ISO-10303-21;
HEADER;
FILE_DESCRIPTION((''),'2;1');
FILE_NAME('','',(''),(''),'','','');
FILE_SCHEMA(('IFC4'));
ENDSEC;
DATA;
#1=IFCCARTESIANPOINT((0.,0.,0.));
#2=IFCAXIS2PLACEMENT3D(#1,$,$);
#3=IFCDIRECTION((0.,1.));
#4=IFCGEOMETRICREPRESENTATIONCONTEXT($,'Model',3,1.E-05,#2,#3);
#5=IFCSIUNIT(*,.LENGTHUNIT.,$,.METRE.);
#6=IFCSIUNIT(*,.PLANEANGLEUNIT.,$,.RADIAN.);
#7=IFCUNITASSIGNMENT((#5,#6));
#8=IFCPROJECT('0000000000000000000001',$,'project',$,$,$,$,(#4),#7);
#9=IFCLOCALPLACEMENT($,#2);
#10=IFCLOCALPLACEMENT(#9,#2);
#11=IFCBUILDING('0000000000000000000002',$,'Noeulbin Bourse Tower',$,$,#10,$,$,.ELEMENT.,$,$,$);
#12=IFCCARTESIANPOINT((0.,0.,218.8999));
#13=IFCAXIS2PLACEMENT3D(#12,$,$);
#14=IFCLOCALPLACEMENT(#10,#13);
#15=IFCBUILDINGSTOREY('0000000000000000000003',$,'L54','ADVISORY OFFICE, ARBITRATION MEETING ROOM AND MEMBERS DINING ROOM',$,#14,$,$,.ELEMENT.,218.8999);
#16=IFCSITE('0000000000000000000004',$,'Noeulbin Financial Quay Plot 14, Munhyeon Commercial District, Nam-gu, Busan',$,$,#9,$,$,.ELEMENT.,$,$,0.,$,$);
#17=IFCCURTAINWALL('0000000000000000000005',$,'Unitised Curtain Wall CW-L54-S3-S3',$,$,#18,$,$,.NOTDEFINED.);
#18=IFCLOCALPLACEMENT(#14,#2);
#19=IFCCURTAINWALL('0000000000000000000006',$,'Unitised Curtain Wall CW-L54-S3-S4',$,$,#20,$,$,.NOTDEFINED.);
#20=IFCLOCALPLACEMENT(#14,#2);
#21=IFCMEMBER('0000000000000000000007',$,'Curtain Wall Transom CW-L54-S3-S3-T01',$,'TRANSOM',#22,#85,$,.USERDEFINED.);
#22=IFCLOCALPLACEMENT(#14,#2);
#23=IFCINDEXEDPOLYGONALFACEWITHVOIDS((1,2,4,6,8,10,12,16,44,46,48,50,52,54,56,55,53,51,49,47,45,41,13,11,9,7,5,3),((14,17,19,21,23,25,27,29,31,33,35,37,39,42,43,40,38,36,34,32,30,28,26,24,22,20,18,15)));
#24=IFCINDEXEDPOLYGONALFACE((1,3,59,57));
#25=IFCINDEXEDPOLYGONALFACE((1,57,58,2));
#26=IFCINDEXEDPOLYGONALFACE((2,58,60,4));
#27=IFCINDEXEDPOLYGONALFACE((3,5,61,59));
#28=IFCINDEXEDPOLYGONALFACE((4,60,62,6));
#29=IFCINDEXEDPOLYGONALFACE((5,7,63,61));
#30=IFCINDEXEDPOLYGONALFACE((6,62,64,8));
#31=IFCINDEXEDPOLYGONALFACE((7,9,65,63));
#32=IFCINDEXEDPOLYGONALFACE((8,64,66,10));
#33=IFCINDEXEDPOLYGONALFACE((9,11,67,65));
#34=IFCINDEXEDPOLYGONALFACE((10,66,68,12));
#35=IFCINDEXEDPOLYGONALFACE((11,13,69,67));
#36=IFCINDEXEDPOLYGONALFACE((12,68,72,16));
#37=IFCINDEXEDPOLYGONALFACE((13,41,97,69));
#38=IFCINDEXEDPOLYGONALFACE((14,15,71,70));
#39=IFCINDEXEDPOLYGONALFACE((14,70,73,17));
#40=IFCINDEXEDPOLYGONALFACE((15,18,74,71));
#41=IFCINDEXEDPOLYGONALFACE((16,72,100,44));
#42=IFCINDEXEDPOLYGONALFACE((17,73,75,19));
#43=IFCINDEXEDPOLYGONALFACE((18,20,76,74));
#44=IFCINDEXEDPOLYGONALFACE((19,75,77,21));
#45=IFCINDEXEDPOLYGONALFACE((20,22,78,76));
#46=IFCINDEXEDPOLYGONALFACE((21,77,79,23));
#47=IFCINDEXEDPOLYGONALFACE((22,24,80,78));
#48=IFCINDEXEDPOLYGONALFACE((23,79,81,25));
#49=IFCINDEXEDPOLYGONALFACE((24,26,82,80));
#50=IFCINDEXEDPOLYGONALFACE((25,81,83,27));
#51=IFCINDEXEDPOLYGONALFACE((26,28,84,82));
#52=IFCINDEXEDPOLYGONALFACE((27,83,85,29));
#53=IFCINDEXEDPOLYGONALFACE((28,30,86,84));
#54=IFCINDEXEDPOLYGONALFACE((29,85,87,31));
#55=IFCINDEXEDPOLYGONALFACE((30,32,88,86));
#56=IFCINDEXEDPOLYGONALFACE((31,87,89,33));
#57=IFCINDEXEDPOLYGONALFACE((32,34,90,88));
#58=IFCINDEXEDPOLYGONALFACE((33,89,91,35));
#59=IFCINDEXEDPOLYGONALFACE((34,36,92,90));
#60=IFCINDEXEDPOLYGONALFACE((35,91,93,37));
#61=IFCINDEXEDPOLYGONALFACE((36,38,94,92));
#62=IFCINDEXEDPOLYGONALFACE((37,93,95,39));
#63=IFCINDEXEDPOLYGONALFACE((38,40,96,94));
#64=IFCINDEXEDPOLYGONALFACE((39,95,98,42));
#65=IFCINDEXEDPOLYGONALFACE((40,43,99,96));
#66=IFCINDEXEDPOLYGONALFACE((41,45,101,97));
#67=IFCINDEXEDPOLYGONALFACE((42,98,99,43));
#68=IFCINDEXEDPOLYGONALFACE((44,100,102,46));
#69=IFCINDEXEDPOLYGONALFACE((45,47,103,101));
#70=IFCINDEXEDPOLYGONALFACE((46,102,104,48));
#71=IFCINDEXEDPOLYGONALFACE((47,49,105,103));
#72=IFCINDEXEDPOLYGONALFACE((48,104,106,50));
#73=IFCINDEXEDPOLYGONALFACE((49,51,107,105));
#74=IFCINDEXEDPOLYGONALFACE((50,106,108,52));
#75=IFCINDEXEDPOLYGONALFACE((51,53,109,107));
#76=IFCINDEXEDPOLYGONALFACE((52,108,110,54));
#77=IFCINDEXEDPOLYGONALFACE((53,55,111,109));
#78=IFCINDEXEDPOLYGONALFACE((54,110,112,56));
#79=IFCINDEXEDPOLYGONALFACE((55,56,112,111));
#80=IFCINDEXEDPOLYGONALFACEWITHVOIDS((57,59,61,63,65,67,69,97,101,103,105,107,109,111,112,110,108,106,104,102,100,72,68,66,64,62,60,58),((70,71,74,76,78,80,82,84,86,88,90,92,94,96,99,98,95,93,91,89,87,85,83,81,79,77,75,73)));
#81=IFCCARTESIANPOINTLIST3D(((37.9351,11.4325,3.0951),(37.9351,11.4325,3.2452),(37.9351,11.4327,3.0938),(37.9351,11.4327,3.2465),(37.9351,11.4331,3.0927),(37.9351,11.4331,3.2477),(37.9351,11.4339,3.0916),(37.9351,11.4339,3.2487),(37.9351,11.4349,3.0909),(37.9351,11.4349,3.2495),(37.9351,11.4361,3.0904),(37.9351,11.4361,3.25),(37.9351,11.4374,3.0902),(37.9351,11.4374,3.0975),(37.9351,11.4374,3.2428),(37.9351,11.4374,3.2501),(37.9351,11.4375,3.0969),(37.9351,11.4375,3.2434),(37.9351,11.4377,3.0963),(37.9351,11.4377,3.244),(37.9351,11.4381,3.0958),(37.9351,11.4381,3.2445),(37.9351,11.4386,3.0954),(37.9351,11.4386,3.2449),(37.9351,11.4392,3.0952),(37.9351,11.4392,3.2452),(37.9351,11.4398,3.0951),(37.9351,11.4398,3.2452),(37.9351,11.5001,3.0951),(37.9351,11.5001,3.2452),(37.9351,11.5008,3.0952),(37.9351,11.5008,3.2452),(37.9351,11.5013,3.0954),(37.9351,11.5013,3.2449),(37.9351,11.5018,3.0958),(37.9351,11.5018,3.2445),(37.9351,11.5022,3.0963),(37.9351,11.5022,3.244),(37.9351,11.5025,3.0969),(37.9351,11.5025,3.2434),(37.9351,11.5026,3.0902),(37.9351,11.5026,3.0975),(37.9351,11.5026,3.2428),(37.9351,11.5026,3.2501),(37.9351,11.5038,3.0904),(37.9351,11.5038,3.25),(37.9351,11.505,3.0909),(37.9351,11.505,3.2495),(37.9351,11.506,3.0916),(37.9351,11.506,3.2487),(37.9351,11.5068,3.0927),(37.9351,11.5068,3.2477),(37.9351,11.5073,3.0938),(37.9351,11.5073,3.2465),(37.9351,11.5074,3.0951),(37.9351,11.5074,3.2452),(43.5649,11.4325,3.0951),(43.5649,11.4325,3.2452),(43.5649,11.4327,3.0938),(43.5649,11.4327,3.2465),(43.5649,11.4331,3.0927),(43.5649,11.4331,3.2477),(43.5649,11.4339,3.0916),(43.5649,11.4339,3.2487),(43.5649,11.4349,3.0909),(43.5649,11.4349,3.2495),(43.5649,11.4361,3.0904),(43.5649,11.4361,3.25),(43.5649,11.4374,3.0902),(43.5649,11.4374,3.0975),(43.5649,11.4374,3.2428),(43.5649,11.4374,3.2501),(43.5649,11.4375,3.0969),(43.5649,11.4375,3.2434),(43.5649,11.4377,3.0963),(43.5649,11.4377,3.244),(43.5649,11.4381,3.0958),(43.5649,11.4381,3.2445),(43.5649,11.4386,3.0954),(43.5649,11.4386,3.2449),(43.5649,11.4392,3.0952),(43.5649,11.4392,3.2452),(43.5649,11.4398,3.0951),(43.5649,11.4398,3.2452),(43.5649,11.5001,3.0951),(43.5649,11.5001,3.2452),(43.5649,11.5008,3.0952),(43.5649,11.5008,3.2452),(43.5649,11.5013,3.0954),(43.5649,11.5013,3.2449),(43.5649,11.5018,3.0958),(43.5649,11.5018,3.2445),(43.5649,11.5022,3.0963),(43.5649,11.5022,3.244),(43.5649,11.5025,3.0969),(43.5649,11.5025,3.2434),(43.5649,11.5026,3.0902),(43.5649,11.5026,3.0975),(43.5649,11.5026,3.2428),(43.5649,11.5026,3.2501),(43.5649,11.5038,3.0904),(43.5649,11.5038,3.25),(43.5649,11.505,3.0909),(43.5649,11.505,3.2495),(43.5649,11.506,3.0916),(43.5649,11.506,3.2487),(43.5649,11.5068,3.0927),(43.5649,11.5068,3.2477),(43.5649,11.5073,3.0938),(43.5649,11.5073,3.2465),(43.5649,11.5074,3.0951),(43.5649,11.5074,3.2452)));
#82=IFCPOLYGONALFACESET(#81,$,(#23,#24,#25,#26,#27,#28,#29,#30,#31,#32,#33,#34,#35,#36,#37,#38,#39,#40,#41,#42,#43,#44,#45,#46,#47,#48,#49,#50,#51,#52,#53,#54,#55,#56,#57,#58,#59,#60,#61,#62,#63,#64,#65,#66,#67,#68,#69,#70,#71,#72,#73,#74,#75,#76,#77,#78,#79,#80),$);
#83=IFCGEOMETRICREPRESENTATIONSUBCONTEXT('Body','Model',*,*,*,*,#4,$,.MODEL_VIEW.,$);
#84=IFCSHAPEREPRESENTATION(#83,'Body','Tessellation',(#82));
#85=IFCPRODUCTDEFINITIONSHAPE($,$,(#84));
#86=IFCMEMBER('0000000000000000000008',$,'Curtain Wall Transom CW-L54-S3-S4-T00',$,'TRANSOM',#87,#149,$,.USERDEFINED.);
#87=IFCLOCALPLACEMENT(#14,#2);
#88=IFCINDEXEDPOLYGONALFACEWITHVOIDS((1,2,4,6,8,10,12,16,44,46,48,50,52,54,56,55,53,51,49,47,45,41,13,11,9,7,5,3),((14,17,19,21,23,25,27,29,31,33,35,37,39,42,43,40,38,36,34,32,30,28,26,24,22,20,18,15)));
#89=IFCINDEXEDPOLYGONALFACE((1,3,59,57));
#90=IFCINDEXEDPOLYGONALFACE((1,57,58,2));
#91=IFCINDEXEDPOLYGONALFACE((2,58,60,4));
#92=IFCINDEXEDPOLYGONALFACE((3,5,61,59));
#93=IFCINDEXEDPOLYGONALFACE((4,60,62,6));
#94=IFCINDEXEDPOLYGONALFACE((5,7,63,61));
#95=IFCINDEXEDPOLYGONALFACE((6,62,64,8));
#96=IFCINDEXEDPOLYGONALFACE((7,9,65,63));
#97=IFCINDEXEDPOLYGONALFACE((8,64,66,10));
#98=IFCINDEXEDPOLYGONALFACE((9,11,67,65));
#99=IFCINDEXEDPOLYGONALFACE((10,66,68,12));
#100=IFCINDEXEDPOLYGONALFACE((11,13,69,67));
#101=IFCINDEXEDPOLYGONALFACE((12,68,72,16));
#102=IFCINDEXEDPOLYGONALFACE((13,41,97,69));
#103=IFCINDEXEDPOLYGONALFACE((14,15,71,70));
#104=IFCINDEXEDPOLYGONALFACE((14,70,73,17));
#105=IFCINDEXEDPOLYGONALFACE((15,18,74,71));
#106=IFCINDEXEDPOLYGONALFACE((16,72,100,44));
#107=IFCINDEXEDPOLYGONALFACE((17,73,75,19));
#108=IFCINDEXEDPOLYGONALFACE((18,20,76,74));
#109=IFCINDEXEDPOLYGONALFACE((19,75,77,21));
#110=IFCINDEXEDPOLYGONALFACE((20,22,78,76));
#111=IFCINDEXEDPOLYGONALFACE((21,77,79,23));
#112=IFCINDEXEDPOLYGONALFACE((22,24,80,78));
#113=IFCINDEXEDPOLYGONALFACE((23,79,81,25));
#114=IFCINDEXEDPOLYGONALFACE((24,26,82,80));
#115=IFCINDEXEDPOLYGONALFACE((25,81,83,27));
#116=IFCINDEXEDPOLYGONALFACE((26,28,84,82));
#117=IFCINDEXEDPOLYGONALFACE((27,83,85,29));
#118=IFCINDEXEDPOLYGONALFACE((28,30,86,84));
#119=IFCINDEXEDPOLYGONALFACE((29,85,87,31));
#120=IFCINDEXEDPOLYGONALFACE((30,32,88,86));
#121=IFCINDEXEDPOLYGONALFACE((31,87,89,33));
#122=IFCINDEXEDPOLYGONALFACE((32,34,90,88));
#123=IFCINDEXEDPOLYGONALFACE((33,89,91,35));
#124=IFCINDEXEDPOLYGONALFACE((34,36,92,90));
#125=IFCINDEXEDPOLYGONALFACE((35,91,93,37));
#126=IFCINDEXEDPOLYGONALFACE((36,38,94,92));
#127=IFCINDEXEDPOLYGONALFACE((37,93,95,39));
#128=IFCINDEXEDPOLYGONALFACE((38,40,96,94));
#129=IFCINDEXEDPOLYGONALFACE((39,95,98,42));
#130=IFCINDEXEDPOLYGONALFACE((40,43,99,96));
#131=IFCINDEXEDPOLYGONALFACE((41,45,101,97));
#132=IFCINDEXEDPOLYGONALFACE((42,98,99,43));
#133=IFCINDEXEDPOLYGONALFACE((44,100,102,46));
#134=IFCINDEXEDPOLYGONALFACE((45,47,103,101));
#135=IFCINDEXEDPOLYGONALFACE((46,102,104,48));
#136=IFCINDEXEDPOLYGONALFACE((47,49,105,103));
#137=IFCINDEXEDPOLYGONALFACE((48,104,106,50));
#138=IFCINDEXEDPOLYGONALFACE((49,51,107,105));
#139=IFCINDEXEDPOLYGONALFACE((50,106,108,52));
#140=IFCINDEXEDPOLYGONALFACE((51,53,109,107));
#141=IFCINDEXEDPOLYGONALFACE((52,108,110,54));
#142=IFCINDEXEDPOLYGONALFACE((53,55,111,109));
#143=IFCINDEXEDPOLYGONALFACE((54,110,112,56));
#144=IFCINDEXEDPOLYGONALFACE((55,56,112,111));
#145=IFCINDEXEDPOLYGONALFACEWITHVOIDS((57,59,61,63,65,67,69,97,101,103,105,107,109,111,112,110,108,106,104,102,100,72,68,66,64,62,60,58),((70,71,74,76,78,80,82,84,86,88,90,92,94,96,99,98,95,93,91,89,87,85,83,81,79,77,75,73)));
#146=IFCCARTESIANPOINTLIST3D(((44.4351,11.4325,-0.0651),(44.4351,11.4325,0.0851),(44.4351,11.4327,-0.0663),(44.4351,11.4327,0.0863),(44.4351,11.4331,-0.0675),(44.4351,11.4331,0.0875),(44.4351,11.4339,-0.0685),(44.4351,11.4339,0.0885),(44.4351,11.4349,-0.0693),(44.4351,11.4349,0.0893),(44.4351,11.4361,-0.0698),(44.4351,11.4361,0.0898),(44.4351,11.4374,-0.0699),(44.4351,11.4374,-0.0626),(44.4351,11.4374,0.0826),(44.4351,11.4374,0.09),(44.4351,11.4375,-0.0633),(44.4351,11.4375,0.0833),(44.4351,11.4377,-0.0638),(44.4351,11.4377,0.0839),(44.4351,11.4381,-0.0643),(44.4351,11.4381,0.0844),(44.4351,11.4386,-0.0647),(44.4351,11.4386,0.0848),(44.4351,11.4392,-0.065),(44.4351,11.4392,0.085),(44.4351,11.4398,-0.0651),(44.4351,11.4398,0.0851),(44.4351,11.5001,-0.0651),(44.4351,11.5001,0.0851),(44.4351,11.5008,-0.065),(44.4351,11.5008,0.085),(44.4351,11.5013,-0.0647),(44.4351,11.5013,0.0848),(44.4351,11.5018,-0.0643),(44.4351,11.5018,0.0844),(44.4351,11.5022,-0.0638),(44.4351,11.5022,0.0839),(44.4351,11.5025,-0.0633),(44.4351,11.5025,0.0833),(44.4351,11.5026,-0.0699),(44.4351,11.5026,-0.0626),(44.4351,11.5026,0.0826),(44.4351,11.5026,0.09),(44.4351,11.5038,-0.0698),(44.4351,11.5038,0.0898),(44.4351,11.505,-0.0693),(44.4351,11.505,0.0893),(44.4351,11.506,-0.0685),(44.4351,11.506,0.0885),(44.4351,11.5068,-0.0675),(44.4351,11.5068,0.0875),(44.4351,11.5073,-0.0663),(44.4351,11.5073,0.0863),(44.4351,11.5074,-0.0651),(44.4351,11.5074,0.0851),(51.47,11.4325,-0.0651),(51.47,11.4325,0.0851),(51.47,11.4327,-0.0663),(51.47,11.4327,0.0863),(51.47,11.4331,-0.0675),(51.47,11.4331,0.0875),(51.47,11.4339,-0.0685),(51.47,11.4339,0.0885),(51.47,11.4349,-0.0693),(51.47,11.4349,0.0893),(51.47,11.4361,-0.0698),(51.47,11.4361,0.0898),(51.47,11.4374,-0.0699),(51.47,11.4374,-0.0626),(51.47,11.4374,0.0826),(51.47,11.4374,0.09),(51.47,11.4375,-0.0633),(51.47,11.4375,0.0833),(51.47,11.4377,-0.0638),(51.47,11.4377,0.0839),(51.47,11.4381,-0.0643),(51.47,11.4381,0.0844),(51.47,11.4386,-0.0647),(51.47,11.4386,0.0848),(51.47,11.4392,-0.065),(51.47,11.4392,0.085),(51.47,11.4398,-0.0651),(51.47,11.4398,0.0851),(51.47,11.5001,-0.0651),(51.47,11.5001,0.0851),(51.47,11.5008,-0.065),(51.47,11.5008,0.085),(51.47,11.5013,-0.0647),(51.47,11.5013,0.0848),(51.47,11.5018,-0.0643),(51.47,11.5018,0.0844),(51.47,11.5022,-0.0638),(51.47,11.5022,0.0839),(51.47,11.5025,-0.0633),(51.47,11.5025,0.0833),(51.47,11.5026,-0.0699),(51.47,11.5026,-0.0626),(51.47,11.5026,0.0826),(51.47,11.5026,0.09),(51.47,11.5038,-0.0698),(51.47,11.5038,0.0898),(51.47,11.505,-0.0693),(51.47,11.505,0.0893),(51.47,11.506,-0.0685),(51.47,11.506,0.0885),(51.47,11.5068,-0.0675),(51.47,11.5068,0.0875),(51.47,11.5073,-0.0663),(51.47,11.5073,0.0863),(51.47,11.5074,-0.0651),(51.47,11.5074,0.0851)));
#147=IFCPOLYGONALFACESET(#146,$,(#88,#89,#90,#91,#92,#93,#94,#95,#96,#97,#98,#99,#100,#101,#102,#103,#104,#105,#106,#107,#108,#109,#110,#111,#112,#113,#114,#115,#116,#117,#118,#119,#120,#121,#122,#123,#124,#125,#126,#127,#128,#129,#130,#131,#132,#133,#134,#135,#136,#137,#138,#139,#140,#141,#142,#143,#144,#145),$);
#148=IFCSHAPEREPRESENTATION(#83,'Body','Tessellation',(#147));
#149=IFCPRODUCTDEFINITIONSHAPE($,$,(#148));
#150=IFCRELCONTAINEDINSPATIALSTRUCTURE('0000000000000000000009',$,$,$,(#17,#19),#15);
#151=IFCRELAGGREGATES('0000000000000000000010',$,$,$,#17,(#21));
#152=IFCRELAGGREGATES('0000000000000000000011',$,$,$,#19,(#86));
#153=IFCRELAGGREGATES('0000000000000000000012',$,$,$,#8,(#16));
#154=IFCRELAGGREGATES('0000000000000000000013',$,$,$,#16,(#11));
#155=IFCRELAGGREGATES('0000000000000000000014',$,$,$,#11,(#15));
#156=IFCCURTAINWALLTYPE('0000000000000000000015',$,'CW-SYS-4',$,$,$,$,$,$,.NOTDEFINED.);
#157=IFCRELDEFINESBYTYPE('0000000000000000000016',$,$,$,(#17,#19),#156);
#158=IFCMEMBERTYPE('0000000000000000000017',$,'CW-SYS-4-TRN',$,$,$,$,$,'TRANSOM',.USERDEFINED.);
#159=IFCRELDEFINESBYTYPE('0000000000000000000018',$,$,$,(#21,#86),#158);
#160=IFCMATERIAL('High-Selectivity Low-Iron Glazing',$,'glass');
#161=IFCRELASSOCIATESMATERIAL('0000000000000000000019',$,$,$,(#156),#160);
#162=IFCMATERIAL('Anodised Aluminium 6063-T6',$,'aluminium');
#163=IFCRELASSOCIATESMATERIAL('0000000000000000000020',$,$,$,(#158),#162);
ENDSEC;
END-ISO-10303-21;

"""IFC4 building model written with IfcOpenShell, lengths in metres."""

from ifc_helpers import new_model, si_unit, direction, frame, origin, origin_2d, place, context, subcontext, project, spatial, hollow_rectangle, extrude, material, material_profile, profile_set, type_object, element, aggregate, save


model = new_model("IFC4")

# Units and contexts
model_context = context("Model", 3, precision=1e-05, world=origin(), true_north=direction((0.0, 1.0)))
body_context = subcontext(model_context, "Body", "Model", "MODEL_VIEW")
ifc_project = project(units=[si_unit("LENGTHUNIT", "METRE"), si_unit("PLANEANGLEUNIT", "RADIAN")], contexts=[model_context])

# Site, building, storey
site_placement = place(None, origin())
site = spatial("IfcSite", under=ifc_project, at=site_placement, Name="Noeulbin Financial Quay Plot 14, Munhyeon Commercial District, Nam-gu, Busan", CompositionType="ELEMENT", RefElevation=0.0)
building_placement = place(site_placement, origin())
building = spatial("IfcBuilding", under=site, at=building_placement, Name="Noeulbin Bourse Tower", CompositionType="ELEMENT")
storey_placement = place(building_placement, frame((0.0, 0.0, 218.8999)))
storey = spatial("IfcBuildingStorey", under=building, at=storey_placement, Name="L54", Description="ADVISORY OFFICE, ARBITRATION MEETING ROOM AND MEMBERS DINING ROOM", CompositionType="ELEMENT", Elevation=218.8999)

# Curtain walls
ifc_material_1 = material(Name="High-Selectivity Low-Iron Glazing", Category="glass")
curtain_wall_type = type_object("IfcCurtainWallType", Name="CW-SYS-4", PredefinedType="NOTDEFINED", material=ifc_material_1)
curtain_wall_1_placement = place(storey_placement, origin())
curtain_wall_1 = element("IfcCurtainWall", 1, at=curtain_wall_1_placement, inside=storey, type_object=curtain_wall_type, Name="Unitised Curtain Wall CW-L54-S3-S3", PredefinedType="NOTDEFINED")
ifc_material_2 = material(Name="Anodised Aluminium 6063-T6", Category="aluminium")
curtain_wall_2_placement = place(storey_placement, origin())
curtain_wall_2 = element("IfcCurtainWall", 2, at=curtain_wall_2_placement, inside=storey, type_object=curtain_wall_type, Name="Unitised Curtain Wall CW-L54-S3-S4", PredefinedType="NOTDEFINED")

# Members
ifc_material_profile_1 = material_profile(ifc_material_2, hollow_rectangle(XDim=0.075, YDim=0.1599, WallThickness=0.0049, InnerFilletRadius=0.0024, OuterFilletRadius=0.0049, at=origin_2d()), Name="ALU-TRAN-75x160x5", Category="LoadBearing")
ifc_profile_set_1 = profile_set([ifc_material_profile_1], Name="Anodised Aluminium 6063-T6")
member_type_1 = type_object("IfcMemberType", Name="CW-SYS-4-TRN", ElementType="TRANSOM", PredefinedType="USERDEFINED", material=ifc_profile_set_1)
member_1_placement = place(storey_placement, frame((37.9351, 11.47, 3.1702), z_axis=(1.0, 0.0, 0.0), x_axis=(0.0, 1.0, 0.0)))
member_1 = element("IfcMember", 3, at=member_1_placement, type_object=member_type_1, Name="Curtain Wall Transom CW-L54-S3-S3-T01", ObjectType="TRANSOM", PredefinedType="USERDEFINED", context=body_context, shape_type="SweptSolid", body=[
    extrude(hollow_rectangle(XDim=0.075, YDim=0.1599, WallThickness=0.0049, InnerFilletRadius=0.0024, OuterFilletRadius=0.0049, at=origin_2d()), origin(), (0.0, 0.0, 1.0), 5.6299),
])
member_2_placement = place(storey_placement, frame((44.4351, 11.47, 0.01), z_axis=(1.0, 0.0, 0.0), x_axis=(0.0, 1.0, 0.0)))
member_2 = element("IfcMember", 4, at=member_2_placement, type_object=member_type_1, Name="Curtain Wall Transom CW-L54-S3-S4-T00", ObjectType="TRANSOM", PredefinedType="USERDEFINED", context=body_context, shape_type="SweptSolid", body=[
    extrude(hollow_rectangle(XDim=0.075, YDim=0.1599, WallThickness=0.0049, InnerFilletRadius=0.0024, OuterFilletRadius=0.0049, at=origin_2d()), origin(), (0.0, 0.0, 1.0), 7.0349),
])

aggregate(curtain_wall_1, [member_1])
aggregate(curtain_wall_2, [member_2])

save(model, "model.ifc")
